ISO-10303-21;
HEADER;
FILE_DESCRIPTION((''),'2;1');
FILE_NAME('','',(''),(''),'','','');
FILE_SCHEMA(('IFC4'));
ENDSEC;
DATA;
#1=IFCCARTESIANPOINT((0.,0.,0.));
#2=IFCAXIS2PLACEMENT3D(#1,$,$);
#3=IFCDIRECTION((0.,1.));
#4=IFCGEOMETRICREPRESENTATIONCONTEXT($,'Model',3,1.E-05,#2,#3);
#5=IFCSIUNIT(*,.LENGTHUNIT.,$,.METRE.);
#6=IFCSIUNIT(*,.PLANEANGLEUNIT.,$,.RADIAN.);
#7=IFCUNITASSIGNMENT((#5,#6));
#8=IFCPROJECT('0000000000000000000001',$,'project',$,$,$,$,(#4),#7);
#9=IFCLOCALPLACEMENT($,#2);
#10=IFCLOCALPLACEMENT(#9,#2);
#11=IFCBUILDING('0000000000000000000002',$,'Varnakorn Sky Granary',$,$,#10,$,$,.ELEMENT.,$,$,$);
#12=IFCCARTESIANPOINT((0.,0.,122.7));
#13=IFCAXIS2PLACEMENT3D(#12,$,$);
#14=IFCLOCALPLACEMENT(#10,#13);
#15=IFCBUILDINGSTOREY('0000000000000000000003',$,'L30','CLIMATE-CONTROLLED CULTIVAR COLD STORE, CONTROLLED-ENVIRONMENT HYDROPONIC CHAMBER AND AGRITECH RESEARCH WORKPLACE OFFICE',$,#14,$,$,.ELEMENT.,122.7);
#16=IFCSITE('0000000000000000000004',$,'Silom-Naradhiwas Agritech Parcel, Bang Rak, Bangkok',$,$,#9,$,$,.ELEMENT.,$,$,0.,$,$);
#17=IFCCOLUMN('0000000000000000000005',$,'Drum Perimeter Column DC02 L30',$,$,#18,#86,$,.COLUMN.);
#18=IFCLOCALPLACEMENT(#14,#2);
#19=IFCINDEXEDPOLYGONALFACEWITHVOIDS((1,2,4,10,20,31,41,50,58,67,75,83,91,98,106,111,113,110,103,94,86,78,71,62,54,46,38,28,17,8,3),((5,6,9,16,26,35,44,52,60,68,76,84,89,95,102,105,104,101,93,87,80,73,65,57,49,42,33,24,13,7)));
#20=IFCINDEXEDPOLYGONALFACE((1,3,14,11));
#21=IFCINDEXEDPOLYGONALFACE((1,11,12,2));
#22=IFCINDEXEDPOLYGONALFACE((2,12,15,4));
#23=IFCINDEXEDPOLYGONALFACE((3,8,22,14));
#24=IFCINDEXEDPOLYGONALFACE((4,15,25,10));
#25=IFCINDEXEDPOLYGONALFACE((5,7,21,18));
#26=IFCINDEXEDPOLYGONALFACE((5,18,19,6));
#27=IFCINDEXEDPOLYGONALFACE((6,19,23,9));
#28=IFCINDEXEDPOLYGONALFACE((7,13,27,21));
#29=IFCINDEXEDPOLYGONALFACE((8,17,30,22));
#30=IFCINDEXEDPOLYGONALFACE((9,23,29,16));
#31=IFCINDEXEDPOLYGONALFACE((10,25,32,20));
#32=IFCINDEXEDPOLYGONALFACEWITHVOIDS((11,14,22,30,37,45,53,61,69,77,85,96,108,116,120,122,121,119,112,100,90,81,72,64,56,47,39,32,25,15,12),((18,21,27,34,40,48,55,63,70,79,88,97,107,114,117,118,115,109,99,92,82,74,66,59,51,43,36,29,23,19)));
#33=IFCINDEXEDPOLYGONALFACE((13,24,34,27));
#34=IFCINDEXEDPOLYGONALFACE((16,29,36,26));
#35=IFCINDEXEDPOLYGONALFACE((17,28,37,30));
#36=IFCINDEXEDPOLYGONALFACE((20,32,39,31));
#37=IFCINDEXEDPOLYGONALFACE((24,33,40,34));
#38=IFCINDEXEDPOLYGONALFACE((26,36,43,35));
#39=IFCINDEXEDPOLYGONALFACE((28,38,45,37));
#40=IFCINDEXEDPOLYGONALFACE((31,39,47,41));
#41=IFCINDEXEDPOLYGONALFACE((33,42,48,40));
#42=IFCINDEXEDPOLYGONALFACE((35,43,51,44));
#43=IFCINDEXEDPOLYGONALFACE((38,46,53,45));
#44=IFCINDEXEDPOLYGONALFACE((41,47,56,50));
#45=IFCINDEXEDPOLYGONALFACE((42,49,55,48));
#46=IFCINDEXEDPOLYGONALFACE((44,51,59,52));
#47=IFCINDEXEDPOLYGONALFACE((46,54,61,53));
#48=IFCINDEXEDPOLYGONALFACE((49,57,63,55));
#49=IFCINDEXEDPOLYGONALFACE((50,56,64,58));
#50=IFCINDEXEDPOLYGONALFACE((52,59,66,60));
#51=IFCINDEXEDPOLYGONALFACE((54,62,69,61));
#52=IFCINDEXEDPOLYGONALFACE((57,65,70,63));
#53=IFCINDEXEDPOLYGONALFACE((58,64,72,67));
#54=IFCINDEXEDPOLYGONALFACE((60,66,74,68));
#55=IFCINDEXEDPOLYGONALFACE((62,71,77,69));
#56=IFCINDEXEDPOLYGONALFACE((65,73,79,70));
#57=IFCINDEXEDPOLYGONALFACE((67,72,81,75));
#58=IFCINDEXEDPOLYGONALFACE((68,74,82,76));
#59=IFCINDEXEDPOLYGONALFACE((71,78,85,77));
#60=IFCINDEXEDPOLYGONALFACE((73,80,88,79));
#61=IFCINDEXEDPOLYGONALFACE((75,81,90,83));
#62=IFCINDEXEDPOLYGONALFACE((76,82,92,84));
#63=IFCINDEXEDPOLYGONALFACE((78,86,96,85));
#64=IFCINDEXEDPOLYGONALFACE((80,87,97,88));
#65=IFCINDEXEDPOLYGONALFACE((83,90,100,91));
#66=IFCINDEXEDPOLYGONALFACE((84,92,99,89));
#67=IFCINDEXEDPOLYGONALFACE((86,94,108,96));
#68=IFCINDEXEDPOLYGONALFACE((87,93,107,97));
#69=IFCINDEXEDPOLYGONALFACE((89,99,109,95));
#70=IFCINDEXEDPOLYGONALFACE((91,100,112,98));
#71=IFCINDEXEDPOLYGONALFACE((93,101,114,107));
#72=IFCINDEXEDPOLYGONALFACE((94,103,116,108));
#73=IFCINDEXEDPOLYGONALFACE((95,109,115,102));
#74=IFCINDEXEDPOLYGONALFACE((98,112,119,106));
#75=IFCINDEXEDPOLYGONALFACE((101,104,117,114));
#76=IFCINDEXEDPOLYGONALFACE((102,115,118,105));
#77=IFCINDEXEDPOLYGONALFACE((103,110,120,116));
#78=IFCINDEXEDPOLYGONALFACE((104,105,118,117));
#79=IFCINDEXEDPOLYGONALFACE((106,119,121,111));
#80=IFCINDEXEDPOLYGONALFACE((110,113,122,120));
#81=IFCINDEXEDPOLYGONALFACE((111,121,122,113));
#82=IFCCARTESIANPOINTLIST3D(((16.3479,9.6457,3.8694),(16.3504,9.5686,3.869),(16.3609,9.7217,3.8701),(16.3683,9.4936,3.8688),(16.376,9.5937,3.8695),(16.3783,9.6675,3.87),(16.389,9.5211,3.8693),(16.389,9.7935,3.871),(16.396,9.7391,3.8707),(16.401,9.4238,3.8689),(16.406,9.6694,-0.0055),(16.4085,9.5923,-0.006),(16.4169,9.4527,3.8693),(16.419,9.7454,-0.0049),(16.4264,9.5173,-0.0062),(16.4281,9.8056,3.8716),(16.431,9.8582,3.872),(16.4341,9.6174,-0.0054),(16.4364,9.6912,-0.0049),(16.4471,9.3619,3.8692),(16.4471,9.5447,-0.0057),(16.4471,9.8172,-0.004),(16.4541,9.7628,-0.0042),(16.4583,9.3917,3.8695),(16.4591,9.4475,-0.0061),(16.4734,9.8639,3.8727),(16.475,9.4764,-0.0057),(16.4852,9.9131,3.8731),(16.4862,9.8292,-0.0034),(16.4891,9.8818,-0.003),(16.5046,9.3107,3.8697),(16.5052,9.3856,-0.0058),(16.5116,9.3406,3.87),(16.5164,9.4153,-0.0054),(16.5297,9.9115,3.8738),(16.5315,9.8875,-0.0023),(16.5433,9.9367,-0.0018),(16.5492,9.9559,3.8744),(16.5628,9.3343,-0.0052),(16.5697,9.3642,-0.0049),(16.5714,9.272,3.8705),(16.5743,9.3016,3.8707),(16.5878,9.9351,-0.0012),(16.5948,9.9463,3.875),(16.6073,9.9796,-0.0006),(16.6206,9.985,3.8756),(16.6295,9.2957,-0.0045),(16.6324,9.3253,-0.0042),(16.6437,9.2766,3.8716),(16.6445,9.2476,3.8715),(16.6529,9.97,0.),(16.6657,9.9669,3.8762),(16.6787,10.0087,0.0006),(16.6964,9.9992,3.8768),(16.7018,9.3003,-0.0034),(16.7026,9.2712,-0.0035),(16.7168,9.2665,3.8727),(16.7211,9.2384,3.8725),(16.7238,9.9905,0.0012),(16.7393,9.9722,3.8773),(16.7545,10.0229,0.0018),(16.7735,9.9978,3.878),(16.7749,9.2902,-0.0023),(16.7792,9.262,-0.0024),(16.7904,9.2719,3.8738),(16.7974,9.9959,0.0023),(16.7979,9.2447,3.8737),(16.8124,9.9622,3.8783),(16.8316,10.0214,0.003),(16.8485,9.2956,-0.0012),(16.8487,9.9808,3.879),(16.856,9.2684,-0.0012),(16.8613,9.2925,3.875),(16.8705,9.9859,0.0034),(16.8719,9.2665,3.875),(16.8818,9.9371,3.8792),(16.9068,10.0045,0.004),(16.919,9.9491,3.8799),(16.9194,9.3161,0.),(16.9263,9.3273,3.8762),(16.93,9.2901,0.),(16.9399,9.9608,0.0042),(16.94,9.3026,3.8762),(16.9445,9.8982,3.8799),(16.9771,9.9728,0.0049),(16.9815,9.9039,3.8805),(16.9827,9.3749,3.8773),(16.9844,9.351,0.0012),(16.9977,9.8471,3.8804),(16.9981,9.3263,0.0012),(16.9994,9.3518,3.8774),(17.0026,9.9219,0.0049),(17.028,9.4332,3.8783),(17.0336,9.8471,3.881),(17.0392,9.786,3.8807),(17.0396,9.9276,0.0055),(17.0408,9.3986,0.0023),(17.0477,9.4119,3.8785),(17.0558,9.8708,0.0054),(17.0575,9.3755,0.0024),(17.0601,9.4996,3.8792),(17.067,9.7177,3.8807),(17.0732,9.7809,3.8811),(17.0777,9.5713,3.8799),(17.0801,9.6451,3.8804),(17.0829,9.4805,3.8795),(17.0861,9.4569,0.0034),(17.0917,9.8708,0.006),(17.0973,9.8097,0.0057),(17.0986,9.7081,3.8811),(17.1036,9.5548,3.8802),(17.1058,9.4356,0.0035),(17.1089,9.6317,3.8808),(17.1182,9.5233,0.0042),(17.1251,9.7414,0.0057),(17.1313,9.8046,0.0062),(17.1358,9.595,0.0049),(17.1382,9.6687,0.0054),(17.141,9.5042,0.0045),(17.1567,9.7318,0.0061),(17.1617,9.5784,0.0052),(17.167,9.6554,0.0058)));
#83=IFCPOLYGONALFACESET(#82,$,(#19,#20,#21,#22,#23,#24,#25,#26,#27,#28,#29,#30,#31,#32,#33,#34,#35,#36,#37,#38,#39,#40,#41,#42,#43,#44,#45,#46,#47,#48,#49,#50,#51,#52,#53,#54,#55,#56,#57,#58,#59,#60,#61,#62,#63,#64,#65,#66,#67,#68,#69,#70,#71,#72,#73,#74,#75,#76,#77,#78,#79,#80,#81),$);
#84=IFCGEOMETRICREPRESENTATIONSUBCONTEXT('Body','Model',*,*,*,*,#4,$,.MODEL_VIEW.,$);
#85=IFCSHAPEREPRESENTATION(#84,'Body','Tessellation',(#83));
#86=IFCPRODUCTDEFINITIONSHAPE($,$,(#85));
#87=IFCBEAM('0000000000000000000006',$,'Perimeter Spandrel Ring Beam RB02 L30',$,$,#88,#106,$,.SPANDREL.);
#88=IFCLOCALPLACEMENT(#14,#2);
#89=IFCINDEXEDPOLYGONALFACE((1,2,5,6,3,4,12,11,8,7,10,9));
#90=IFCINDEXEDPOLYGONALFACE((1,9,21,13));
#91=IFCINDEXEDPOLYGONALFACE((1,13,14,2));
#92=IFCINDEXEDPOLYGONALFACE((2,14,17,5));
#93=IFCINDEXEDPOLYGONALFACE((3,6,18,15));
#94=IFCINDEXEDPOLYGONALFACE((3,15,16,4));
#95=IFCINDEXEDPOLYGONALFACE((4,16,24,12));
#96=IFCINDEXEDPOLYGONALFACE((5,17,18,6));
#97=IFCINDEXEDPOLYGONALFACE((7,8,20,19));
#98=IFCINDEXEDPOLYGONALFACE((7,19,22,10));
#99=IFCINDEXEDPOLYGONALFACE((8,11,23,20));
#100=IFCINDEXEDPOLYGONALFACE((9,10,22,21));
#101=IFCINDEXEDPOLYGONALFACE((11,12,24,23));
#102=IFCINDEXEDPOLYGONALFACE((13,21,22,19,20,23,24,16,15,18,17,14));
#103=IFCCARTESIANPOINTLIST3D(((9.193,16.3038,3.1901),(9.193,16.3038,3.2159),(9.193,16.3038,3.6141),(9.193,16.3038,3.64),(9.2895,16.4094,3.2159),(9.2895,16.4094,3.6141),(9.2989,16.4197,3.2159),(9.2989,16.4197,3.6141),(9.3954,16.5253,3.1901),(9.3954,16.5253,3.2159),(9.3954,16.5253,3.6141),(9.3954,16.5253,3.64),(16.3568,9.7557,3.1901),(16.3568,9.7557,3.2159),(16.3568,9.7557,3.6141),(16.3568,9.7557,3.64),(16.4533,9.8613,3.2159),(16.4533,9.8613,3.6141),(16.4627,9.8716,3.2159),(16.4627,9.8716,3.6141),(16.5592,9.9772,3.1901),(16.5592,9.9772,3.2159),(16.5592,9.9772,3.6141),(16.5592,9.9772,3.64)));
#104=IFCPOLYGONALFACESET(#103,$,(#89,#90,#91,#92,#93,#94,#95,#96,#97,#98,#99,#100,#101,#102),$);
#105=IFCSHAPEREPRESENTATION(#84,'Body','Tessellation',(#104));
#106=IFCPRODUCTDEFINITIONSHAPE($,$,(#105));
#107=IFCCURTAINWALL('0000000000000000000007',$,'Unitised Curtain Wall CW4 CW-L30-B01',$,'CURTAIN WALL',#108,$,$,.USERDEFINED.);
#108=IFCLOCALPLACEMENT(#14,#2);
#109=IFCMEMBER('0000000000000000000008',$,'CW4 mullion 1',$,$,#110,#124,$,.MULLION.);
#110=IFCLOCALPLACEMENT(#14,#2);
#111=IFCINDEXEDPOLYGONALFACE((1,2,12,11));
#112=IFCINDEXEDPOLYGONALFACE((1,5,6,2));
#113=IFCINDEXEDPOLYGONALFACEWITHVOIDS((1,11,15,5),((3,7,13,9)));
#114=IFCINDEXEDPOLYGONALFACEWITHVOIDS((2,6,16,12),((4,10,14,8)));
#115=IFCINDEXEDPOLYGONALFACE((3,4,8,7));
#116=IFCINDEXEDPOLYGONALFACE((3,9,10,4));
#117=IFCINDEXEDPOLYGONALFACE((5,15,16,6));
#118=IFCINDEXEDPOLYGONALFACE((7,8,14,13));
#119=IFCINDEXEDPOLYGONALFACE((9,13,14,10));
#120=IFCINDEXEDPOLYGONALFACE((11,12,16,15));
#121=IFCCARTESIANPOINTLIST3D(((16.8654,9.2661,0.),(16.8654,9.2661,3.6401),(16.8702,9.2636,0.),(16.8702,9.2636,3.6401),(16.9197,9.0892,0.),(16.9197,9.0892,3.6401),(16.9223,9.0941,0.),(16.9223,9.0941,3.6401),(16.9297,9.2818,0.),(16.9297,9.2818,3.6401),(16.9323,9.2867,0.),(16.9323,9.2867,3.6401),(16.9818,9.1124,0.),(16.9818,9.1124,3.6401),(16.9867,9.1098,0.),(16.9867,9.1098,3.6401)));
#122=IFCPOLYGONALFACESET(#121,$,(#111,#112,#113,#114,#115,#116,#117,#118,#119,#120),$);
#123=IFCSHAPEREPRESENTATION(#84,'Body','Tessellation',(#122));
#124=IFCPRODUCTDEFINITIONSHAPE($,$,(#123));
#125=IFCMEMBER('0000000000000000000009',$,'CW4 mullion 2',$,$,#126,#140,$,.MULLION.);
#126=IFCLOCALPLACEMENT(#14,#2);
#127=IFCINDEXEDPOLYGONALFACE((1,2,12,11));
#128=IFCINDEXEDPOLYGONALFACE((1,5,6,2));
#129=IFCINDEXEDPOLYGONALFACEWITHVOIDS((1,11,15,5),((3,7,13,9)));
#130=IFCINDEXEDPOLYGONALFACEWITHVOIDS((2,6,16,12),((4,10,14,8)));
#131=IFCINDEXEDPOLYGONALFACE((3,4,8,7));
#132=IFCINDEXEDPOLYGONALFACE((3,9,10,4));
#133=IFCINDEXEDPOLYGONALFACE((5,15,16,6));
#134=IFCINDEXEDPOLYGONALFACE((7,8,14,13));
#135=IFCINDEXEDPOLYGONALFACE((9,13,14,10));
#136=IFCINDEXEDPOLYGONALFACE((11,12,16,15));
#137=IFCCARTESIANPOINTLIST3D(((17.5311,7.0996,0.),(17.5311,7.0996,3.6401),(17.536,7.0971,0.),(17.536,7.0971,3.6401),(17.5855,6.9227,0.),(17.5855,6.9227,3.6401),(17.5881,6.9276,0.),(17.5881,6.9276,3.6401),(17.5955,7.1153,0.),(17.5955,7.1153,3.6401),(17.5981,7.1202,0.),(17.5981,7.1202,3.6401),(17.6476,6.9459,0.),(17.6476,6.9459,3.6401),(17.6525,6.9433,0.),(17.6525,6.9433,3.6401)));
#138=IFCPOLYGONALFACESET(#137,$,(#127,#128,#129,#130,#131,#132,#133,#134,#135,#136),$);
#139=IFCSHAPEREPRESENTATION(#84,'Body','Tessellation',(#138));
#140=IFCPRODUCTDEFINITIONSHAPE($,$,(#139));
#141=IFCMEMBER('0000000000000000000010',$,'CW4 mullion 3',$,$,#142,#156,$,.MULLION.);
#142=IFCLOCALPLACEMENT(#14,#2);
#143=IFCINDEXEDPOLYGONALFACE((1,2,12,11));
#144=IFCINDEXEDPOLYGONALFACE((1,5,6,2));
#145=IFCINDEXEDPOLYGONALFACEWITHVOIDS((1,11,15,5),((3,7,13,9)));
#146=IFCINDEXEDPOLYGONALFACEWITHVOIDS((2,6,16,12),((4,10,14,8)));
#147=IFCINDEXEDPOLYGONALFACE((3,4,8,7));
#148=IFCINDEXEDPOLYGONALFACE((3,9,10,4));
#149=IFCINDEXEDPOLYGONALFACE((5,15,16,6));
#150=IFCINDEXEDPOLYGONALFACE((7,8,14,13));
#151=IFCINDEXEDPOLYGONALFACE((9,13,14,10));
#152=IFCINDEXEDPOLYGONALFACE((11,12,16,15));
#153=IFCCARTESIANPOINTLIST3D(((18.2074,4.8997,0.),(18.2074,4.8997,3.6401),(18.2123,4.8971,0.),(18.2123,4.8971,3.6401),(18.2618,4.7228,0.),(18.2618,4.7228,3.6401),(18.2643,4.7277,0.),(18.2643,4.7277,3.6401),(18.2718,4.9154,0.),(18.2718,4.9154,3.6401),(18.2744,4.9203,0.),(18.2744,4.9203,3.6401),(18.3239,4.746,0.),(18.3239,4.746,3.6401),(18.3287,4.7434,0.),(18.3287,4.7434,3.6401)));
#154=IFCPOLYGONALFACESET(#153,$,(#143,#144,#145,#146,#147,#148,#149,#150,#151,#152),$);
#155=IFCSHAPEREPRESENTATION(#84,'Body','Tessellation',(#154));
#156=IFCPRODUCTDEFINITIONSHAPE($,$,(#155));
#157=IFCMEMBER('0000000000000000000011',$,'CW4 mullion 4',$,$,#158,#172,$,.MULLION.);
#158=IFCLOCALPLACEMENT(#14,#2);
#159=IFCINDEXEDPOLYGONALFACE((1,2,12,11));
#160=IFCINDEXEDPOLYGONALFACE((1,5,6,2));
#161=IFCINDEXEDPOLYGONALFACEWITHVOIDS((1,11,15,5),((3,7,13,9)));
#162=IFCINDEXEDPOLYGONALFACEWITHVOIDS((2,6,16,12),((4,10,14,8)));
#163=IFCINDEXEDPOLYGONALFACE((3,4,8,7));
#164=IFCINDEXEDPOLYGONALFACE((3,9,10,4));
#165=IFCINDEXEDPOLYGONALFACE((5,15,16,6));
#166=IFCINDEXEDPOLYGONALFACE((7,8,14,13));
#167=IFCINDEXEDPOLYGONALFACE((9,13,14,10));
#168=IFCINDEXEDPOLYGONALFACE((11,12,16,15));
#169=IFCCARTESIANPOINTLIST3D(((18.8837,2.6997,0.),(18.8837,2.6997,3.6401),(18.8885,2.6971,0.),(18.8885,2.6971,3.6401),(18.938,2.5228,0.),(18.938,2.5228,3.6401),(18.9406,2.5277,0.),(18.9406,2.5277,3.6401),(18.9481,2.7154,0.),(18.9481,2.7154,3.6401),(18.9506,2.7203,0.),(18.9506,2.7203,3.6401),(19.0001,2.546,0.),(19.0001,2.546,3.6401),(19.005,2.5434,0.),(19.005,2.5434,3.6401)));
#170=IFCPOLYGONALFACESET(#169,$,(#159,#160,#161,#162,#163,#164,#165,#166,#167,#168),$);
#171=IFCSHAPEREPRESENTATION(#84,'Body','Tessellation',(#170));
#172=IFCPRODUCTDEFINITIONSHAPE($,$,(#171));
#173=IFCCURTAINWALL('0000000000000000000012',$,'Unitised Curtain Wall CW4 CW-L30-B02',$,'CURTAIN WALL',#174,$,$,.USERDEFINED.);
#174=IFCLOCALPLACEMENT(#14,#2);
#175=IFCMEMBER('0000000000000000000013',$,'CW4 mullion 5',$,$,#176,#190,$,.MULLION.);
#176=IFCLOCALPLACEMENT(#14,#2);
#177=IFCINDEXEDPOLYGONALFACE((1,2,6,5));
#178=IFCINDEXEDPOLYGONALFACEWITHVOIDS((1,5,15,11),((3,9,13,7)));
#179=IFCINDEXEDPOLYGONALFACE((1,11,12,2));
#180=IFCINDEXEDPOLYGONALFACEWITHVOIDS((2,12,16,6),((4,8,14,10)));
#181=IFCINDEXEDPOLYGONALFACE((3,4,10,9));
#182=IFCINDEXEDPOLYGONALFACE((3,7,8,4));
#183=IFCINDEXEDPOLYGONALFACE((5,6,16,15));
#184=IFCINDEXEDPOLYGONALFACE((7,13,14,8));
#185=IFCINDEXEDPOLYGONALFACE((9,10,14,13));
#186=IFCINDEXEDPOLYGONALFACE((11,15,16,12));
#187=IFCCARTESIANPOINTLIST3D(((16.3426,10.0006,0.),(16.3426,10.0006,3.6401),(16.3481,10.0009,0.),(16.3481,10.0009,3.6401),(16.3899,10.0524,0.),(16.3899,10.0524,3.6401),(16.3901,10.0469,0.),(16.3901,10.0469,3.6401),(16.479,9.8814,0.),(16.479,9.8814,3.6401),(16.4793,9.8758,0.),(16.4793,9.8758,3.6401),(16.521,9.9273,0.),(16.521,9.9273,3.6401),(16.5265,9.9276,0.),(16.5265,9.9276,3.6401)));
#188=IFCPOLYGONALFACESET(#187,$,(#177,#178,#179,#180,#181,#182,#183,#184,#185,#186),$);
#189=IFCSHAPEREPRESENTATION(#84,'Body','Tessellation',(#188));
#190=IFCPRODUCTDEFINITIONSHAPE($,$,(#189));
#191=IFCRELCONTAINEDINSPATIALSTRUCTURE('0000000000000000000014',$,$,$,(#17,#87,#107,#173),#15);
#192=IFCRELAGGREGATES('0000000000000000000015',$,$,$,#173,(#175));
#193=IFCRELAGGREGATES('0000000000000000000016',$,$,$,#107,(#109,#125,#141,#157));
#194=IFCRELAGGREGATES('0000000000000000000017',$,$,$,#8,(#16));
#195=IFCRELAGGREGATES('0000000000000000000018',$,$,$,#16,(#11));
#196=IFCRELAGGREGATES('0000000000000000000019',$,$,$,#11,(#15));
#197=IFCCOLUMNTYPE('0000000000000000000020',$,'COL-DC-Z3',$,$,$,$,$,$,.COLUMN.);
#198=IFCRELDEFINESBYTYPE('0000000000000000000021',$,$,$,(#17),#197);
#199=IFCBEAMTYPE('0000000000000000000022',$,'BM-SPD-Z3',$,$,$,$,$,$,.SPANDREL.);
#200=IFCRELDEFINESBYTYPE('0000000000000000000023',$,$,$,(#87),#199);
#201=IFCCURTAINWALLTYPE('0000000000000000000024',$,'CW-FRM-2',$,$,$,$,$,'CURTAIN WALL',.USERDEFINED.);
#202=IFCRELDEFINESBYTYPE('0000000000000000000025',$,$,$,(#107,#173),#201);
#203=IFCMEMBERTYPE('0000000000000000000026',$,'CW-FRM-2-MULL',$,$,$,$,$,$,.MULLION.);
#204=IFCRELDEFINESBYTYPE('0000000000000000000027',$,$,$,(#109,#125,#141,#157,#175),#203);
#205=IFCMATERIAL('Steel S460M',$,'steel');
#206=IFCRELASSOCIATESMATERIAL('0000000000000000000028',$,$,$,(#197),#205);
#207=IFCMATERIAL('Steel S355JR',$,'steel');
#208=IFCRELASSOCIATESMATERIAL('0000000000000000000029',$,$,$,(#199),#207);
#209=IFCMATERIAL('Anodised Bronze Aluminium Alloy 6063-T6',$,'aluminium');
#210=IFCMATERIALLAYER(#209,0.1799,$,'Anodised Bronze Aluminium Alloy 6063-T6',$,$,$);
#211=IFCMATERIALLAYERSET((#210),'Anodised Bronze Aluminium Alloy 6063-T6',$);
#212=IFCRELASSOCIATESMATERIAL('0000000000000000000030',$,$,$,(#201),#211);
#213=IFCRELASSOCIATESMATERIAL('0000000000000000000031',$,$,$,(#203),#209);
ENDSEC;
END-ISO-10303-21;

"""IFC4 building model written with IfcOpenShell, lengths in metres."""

from ifc_helpers import new_model, si_unit, direction, frame, origin, origin_2d, place, context, subcontext, project, spatial, hollow_rectangle, hollow_circle, i_section, extrude, material, layer, layer_set, material_profile, profile_set, type_object, element, aggregate, save


model = new_model("IFC4")

# Units and contexts
model_context = context("Model", 3, precision=1e-05, world=origin(), true_north=direction((0.0, 1.0)))
body_context = subcontext(model_context, "Body", "Model", "MODEL_VIEW")
ifc_project = project(units=[si_unit("LENGTHUNIT", "METRE"), si_unit("PLANEANGLEUNIT", "RADIAN")], contexts=[model_context])

# Site, building, storey
site_placement = place(None, origin())
site = spatial("IfcSite", under=ifc_project, at=site_placement, Name="Silom-Naradhiwas Agritech Parcel, Bang Rak, Bangkok", CompositionType="ELEMENT", RefElevation=0.0)
building_placement = place(site_placement, origin())
building = spatial("IfcBuilding", under=site, at=building_placement, Name="Varnakorn Sky Granary", CompositionType="ELEMENT")
storey_placement = place(building_placement, frame((0.0, 0.0, 122.7)))
storey = spatial("IfcBuildingStorey", under=building, at=storey_placement, Name="L30", Description="CLIMATE-CONTROLLED CULTIVAR COLD STORE, CONTROLLED-ENVIRONMENT HYDROPONIC CHAMBER AND AGRITECH RESEARCH WORKPLACE OFFICE", CompositionType="ELEMENT", Elevation=122.7)

# Column
ifc_material_1 = material(Name="Steel S460M", Category="steel")
ifc_material_profile_1 = material_profile(ifc_material_1, hollow_circle(Radius=0.3811, WallThickness=0.0281, at=origin_2d()), Name="CHS 762x28")
ifc_profile_set_1 = profile_set([ifc_material_profile_1], Name="Steel S460M")
column_type = type_object("IfcColumnType", Name="COL-DC-Z3", PredefinedType="COLUMN", material=ifc_profile_set_1)
column_placement = place(storey_placement, frame((16.7861, 9.6431, 0.0), z_axis=(-0.014993, -0.006111, 0.999869), x_axis=(0.37742, -0.926042, 0.0)))
element("IfcColumn", 1, at=column_placement, inside=storey, type_object=column_type, Name="Drum Perimeter Column DC02 L30", PredefinedType="COLUMN", context=body_context, shape_type="SweptSolid", body=[
    extrude(hollow_circle(Radius=0.3811, WallThickness=0.0281, at=origin_2d()), origin(), (0.0, 0.0, 1.0), 3.8755),
])

# Beam
ifc_material_2 = material(Name="Steel S355JR", Category="steel")
ifc_material_profile_2 = material_profile(ifc_material_2, i_section(OverallWidth=0.3, OverallDepth=0.45, WebThickness=0.0139, FlangeThickness=0.0259, at=origin_2d()), Name="HE 450 B")
ifc_profile_set_2 = profile_set([ifc_material_profile_2], Name="Steel S355JR")
beam_type = type_object("IfcBeamType", Name="BM-SPD-Z3", PredefinedType="SPANDREL", material=ifc_profile_set_2)
beam_placement = place(storey_placement, frame((16.458, 9.8665, 3.415), z_axis=(-0.738115, 0.674675, 0.0), x_axis=(-0.674675, -0.738115, 0.0)))
element("IfcBeam", 2, at=beam_placement, inside=storey, type_object=beam_type, Name="Perimeter Spandrel Ring Beam RB02 L30", PredefinedType="SPANDREL", context=body_context, shape_type="SweptSolid", body=[
    extrude(i_section(OverallWidth=0.3, OverallDepth=0.45, WebThickness=0.0139, FlangeThickness=0.0259, at=origin_2d()), origin(), (0.0, 0.0, 1.0), 9.7056),
])

# Curtain wall, members
ifc_material_3 = material(Name="Anodised Bronze Aluminium Alloy 6063-T6", Category="aluminium")
ifc_layer_1 = layer(ifc_material_3, 0.1799, Name="Anodised Bronze Aluminium Alloy 6063-T6")
ifc_layer_set_1 = layer_set([ifc_layer_1], Name="Anodised Bronze Aluminium Alloy 6063-T6")
curtain_wall_type = type_object("IfcCurtainWallType", Name="CW-FRM-2", ElementType="CURTAIN WALL", PredefinedType="USERDEFINED", material=ifc_layer_set_1)
curtain_wall_1_placement = place(storey_placement, origin())
curtain_wall_1 = element("IfcCurtainWall", 3, at=curtain_wall_1_placement, inside=storey, type_object=curtain_wall_type, Name="Unitised Curtain Wall CW4 CW-L30-B01", ObjectType="CURTAIN WALL", PredefinedType="USERDEFINED")
ifc_material_profile_3 = material_profile(ifc_material_3, hollow_rectangle(XDim=0.0701, YDim=0.1851, WallThickness=0.0039, at=origin_2d()), Name="ALU MULL 70x185")
ifc_profile_set_3 = profile_set([ifc_material_profile_3], Name="Anodised Bronze Aluminium Alloy 6063-T6")
member_type_1 = type_object("IfcMemberType", Name="CW-FRM-2-MULL", PredefinedType="MULLION", material=ifc_profile_set_3)
member_1_placement = place(storey_placement, frame((16.926, 9.188, 0.0), z_axis=(0.0, 0.0, 1.0), x_axis=(0.95587, 0.293789, 0.0)))
member_1 = element("IfcMember", 4, at=member_1_placement, type_object=member_type_1, Name="CW4 mullion 1", PredefinedType="MULLION", context=body_context, shape_type="SweptSolid", body=[
    extrude(hollow_rectangle(XDim=0.0701, YDim=0.1851, WallThickness=0.0039, at=origin_2d()), origin(), (0.0, 0.0, 1.0), 3.6401),
])
member_2_placement = place(storey_placement, frame((17.5918, 7.0215, 0.0), z_axis=(0.0, 0.0, 1.0), x_axis=(0.95587, 0.293789, 0.0)))
member_2 = element("IfcMember", 5, at=member_2_placement, type_object=member_type_1, Name="CW4 mullion 2", PredefinedType="MULLION", context=body_context, shape_type="SweptSolid", body=[
    extrude(hollow_rectangle(XDim=0.0701, YDim=0.1851, WallThickness=0.0039, at=origin_2d()), origin(), (0.0, 0.0, 1.0), 3.6401),
])
member_3_placement = place(storey_placement, frame((18.2681, 4.8215, 0.0), z_axis=(0.0, 0.0, 1.0), x_axis=(0.95587, 0.293789, 0.0)))
member_3 = element("IfcMember", 6, at=member_3_placement, type_object=member_type_1, Name="CW4 mullion 3", PredefinedType="MULLION", context=body_context, shape_type="SweptSolid", body=[
    extrude(hollow_rectangle(XDim=0.0701, YDim=0.1851, WallThickness=0.0039, at=origin_2d()), origin(), (0.0, 0.0, 1.0), 3.6401),
])
member_4_placement = place(storey_placement, frame((18.9443, 2.6216, 0.0), z_axis=(0.0, 0.0, 1.0), x_axis=(0.95587, 0.293789, 0.0)))
member_4 = element("IfcMember", 7, at=member_4_placement, type_object=member_type_1, Name="CW4 mullion 4", PredefinedType="MULLION", context=body_context, shape_type="SweptSolid", body=[
    extrude(hollow_rectangle(XDim=0.0701, YDim=0.1851, WallThickness=0.0039, at=origin_2d()), origin(), (0.0, 0.0, 1.0), 3.6401),
])

# Curtain wall, member
curtain_wall_2_placement = place(storey_placement, origin())
curtain_wall_2 = element("IfcCurtainWall", 8, at=curtain_wall_2_placement, inside=storey, type_object=curtain_wall_type, Name="Unitised Curtain Wall CW4 CW-L30-B02", ObjectType="CURTAIN WALL", PredefinedType="USERDEFINED")
member_5_placement = place(storey_placement, frame((16.4346, 9.9641, 0.0), z_axis=(0.0, 0.0, 1.0), x_axis=(0.674407, 0.738359, 0.0)))
member_5 = element("IfcMember", 9, at=member_5_placement, type_object=member_type_1, Name="CW4 mullion 5", PredefinedType="MULLION", context=body_context, shape_type="SweptSolid", body=[
    extrude(hollow_rectangle(XDim=0.0701, YDim=0.1851, WallThickness=0.0039, at=origin_2d()), origin(), (0.0, 0.0, 1.0), 3.6401),
])
aggregate(curtain_wall_2, [member_5])

aggregate(curtain_wall_1, [member_1, member_2, member_3, member_4])

save(model, "model.ifc")
